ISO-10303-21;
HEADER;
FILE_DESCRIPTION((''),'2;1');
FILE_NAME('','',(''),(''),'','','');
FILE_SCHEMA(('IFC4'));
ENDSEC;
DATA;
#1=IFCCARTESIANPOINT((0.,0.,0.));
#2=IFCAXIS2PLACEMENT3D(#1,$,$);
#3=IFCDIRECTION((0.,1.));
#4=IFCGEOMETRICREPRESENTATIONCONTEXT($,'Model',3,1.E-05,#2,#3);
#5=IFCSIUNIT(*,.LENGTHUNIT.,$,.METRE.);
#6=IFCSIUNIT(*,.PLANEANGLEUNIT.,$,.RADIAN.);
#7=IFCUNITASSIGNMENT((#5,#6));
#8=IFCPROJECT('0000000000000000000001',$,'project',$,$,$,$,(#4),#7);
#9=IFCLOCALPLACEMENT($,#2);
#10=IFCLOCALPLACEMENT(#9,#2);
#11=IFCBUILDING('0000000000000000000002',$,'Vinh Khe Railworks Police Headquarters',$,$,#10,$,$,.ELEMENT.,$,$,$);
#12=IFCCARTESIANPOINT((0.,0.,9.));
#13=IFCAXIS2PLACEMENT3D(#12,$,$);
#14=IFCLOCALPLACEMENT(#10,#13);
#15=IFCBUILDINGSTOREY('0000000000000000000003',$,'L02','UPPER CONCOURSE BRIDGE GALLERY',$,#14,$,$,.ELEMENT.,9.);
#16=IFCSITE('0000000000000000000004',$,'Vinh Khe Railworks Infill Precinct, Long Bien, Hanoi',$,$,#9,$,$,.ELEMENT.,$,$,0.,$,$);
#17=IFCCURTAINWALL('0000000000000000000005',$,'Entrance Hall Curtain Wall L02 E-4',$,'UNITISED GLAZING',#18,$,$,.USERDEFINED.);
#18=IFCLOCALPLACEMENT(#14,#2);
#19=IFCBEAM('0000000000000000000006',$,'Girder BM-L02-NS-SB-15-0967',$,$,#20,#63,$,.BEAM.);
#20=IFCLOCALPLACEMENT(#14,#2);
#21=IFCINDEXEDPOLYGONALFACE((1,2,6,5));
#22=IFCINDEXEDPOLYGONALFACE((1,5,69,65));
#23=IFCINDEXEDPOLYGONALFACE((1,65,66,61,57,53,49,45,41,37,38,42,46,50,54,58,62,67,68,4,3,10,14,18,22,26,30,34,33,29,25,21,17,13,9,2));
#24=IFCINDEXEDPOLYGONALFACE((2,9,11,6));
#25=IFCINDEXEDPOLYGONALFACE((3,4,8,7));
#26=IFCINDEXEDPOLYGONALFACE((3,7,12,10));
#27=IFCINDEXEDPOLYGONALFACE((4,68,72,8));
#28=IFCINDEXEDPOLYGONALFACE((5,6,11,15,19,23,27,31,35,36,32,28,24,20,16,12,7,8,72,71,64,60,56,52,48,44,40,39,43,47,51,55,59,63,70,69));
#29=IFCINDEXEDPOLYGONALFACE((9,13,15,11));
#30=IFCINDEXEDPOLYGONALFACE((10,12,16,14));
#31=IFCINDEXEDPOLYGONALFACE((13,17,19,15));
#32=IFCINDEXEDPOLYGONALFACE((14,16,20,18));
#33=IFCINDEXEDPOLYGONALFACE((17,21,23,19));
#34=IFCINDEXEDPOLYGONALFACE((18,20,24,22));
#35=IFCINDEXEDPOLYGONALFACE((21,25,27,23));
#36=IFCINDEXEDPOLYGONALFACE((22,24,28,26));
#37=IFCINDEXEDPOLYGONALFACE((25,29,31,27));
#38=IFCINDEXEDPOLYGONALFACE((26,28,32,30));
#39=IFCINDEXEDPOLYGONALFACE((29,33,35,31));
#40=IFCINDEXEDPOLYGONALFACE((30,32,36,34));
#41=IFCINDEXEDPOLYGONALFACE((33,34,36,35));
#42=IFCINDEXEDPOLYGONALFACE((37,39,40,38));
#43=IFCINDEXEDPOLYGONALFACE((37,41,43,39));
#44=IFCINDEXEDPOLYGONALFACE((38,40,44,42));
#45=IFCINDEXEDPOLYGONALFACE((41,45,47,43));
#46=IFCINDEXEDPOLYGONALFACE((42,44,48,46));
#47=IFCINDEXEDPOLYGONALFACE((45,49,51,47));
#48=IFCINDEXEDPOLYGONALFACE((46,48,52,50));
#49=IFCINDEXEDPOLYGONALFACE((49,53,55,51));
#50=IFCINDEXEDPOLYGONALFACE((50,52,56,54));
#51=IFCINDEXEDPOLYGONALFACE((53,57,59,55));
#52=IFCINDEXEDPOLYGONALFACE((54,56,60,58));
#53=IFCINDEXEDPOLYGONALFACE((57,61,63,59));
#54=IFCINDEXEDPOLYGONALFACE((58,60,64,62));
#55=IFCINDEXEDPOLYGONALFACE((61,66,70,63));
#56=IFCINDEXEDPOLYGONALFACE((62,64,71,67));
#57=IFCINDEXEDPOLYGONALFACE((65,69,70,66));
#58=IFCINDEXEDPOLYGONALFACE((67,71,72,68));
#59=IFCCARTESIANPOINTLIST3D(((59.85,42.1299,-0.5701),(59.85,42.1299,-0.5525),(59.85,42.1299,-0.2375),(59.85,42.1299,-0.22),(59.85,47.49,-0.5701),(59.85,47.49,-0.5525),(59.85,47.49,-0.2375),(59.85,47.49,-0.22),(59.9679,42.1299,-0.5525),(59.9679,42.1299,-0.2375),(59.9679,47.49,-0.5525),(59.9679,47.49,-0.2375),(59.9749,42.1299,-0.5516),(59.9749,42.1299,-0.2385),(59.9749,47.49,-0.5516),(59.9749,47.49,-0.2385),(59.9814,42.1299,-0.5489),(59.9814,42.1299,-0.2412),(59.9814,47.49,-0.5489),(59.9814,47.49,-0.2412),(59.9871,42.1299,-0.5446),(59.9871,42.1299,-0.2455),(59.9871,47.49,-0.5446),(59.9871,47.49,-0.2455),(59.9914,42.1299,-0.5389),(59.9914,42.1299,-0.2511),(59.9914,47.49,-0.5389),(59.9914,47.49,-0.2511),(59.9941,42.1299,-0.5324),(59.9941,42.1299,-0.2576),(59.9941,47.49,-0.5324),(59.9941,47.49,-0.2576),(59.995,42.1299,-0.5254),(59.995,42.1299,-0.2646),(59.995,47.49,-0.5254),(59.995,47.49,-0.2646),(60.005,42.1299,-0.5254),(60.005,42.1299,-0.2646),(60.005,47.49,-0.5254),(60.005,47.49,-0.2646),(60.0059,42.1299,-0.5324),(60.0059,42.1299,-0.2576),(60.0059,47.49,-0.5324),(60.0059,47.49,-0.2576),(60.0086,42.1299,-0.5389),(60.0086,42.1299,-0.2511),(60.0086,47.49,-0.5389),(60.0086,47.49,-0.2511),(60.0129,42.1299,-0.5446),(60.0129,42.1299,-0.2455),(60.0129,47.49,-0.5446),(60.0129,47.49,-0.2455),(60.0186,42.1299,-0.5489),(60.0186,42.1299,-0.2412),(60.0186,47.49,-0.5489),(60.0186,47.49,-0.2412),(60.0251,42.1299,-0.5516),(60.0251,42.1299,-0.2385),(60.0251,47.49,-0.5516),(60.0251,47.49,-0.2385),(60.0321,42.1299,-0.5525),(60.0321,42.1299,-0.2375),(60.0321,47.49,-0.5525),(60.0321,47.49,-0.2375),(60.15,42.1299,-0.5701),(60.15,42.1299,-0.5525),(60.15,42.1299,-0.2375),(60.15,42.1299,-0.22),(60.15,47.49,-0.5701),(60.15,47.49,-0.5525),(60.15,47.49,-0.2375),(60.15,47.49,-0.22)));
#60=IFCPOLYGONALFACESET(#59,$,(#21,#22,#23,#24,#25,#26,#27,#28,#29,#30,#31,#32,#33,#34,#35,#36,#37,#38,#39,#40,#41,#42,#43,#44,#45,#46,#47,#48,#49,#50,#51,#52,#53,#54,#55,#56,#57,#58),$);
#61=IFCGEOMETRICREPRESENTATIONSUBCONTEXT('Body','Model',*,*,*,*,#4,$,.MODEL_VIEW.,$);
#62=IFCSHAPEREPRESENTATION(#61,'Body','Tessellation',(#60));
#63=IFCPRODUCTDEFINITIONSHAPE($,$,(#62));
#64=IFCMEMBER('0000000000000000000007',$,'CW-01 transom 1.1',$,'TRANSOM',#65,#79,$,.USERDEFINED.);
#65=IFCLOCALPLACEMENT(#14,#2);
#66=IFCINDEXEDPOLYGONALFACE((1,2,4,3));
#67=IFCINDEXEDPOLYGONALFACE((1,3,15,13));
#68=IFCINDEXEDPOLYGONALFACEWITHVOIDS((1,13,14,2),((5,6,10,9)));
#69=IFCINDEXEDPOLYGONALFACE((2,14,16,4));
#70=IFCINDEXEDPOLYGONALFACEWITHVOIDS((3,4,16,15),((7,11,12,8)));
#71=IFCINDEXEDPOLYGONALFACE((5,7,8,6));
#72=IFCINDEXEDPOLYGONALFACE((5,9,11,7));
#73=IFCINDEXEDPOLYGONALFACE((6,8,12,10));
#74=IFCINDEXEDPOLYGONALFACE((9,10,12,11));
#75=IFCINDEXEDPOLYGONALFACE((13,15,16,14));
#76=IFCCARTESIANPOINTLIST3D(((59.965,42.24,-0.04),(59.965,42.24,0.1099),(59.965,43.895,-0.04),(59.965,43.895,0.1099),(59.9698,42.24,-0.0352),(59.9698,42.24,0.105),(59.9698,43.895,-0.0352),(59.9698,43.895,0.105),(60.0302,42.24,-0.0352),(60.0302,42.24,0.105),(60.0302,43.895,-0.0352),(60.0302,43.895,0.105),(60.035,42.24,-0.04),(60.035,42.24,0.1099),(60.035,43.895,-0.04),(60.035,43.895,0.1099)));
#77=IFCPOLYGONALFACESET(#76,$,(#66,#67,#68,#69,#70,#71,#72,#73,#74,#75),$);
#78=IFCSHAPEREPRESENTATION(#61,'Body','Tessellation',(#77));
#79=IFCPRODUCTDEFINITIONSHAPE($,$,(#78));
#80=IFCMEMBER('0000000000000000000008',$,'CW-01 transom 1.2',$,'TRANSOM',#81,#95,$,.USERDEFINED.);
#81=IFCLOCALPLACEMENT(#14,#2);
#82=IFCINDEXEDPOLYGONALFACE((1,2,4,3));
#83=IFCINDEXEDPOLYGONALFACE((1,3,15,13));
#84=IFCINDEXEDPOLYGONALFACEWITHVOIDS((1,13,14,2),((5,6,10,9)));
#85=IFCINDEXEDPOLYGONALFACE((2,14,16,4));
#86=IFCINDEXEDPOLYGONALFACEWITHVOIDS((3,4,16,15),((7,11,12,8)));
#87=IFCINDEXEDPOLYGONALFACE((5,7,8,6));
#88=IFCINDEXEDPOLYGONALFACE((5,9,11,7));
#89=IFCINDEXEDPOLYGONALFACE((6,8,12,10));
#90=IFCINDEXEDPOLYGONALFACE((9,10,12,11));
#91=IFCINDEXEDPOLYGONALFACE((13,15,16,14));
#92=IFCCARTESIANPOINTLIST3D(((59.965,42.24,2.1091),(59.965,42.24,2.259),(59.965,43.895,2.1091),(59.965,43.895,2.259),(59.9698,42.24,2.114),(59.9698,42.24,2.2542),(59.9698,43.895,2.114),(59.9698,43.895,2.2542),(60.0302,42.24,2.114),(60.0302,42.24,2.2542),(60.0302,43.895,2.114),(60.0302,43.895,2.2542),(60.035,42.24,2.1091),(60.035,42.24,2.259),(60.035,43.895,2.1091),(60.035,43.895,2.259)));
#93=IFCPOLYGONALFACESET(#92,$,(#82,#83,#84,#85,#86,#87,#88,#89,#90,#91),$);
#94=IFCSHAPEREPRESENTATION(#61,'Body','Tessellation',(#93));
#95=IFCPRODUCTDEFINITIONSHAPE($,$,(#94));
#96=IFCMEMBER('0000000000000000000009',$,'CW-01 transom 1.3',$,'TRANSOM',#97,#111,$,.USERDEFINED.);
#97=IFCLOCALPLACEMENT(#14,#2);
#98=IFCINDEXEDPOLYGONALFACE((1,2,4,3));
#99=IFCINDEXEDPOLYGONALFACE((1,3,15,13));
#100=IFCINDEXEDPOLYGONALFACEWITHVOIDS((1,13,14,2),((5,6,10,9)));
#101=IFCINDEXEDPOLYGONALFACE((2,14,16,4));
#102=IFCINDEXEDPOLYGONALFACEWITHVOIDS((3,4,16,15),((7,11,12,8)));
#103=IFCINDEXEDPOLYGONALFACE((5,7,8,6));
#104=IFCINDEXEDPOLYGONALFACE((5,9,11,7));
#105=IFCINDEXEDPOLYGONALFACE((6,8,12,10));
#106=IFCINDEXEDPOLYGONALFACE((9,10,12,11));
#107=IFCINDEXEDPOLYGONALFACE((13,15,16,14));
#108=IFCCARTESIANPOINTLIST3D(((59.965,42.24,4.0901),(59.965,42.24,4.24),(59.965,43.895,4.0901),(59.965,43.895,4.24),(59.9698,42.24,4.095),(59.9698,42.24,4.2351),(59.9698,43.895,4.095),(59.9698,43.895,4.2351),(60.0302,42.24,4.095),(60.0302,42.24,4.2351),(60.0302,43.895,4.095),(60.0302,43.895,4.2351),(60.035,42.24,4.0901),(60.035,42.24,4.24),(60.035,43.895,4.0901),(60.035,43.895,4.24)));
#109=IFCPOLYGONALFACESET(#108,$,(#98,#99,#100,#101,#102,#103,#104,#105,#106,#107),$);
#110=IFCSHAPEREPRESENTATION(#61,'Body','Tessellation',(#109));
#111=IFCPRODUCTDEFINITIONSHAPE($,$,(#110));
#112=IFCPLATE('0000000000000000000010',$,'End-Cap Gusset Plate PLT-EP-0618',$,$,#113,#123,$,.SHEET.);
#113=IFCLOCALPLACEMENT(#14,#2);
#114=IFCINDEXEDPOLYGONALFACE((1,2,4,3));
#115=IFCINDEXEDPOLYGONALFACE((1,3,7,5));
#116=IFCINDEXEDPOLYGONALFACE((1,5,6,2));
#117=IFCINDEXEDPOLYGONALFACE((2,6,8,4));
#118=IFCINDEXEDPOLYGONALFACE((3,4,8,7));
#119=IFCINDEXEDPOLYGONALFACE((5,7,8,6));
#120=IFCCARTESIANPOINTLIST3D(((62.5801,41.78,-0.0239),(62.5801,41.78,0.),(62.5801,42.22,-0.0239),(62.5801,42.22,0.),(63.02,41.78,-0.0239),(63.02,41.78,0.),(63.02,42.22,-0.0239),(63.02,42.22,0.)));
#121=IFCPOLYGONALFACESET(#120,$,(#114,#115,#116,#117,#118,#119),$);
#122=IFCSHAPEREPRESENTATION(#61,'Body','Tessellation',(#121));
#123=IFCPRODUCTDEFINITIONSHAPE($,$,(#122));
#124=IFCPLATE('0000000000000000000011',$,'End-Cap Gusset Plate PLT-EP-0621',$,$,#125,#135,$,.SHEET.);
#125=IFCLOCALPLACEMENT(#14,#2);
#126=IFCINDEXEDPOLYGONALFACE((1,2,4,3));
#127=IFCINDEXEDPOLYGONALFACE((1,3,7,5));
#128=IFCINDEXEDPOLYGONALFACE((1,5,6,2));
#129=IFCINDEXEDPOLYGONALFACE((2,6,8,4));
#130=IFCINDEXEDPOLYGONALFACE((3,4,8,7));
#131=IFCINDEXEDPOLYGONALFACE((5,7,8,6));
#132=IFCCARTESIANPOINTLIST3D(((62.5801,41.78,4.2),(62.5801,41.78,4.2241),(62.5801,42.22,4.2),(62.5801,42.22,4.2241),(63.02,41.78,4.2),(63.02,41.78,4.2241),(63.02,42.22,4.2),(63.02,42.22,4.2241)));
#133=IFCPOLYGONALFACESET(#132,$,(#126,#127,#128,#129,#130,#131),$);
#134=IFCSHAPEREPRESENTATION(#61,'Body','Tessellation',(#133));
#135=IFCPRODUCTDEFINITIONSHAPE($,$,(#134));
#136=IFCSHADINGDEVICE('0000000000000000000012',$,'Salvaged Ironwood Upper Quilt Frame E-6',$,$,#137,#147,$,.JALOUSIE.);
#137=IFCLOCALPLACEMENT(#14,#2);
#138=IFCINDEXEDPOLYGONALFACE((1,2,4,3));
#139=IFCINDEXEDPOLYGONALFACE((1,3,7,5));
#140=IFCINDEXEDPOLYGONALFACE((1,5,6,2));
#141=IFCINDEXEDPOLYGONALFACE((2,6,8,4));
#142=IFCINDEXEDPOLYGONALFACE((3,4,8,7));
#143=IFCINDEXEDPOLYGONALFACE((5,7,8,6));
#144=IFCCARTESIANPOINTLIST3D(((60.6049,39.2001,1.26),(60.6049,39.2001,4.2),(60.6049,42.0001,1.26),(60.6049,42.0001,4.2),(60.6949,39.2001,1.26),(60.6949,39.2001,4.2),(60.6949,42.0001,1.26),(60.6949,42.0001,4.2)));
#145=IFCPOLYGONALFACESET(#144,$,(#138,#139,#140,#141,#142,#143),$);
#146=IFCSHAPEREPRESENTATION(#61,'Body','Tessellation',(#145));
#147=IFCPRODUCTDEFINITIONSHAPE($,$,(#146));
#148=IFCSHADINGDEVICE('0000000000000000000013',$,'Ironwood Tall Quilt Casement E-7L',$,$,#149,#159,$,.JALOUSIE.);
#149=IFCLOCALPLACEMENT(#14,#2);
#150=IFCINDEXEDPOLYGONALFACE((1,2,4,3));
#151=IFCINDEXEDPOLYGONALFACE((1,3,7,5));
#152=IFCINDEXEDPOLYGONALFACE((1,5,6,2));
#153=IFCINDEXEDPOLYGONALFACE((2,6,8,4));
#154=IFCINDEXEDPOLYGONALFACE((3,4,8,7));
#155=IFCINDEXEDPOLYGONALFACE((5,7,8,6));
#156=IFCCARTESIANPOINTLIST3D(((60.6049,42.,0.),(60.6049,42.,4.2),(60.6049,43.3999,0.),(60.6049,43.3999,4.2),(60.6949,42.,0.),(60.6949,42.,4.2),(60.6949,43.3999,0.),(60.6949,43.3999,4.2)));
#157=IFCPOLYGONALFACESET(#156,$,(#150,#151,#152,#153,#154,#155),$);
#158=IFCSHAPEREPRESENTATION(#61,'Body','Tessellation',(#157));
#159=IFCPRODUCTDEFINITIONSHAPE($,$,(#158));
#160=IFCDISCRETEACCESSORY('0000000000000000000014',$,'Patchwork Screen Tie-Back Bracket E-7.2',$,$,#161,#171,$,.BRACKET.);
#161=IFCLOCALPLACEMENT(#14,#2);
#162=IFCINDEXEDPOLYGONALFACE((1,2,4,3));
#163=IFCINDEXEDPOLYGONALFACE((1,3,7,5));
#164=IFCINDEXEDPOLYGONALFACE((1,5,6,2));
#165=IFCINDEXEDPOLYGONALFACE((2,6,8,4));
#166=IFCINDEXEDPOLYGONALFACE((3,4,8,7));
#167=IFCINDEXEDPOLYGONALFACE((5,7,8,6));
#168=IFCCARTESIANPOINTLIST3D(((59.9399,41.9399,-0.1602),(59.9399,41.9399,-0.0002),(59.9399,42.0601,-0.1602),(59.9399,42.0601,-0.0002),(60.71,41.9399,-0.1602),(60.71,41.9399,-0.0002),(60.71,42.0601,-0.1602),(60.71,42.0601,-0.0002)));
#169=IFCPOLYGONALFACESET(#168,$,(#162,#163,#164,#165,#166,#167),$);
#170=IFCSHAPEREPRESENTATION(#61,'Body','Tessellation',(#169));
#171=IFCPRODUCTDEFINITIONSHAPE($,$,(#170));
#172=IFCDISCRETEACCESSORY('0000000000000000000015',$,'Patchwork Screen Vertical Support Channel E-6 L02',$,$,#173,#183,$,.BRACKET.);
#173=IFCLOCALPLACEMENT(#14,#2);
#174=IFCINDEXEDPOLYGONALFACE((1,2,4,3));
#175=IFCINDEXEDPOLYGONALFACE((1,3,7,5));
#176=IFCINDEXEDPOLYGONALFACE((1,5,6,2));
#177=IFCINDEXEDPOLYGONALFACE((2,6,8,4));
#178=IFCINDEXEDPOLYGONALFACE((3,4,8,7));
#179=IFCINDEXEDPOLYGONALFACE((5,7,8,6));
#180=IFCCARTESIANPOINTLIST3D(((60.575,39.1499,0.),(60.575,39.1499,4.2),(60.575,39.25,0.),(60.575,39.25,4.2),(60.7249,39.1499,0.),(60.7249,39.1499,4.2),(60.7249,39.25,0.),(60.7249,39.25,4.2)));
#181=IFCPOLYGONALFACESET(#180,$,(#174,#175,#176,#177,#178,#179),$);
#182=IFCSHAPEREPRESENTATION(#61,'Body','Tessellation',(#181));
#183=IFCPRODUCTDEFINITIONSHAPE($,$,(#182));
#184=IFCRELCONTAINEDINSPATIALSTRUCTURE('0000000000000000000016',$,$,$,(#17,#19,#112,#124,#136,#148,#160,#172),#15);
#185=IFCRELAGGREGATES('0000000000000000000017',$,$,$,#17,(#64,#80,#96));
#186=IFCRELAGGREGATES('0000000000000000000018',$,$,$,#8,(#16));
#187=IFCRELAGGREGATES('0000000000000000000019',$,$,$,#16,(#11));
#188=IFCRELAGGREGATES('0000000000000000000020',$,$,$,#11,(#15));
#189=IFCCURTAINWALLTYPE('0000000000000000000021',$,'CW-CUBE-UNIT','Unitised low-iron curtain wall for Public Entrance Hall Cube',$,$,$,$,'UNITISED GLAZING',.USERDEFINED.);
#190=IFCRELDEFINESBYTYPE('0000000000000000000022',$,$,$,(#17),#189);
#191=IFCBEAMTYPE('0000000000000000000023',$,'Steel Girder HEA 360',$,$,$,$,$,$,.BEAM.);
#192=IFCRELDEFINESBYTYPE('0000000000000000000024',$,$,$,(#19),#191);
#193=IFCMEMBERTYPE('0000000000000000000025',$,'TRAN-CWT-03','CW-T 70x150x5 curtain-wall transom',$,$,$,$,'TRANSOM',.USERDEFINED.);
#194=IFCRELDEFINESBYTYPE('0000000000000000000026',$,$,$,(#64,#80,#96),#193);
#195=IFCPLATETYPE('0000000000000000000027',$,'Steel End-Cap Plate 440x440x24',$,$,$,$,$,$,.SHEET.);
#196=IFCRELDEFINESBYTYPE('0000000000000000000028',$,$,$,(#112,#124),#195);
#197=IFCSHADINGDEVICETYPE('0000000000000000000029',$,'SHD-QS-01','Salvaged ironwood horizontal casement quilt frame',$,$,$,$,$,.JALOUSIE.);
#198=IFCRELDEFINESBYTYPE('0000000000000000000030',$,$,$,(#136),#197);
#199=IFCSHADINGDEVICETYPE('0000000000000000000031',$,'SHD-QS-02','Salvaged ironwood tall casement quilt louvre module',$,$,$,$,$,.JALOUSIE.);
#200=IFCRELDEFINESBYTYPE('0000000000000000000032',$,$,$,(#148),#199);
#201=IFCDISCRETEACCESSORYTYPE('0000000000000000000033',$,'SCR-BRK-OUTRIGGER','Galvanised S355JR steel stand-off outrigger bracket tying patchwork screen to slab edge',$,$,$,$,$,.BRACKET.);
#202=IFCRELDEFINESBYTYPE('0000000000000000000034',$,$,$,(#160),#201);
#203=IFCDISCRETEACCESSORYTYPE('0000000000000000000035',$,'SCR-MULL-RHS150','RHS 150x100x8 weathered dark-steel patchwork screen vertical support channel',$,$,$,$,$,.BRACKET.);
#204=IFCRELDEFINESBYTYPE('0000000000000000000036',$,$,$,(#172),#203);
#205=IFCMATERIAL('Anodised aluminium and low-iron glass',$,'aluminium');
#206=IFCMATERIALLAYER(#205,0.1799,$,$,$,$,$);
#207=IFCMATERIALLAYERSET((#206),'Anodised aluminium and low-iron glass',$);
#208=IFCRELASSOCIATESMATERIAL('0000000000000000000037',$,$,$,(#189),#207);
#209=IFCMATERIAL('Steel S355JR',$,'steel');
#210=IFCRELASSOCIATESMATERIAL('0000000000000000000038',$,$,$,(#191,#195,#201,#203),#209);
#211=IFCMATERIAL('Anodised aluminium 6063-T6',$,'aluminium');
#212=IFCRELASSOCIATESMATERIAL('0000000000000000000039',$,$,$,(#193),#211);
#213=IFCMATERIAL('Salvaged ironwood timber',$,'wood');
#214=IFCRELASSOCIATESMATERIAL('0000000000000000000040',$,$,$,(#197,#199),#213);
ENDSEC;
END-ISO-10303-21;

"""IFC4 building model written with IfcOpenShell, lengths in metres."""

from ifc_helpers import new_model, si_unit, direction, frame, origin, origin_2d, place, context, subcontext, project, spatial, rectangle, hollow_rectangle, i_section, extrude, material, layer, layer_set, material_profile, profile_set, type_object, element, aggregate, save


model = new_model("IFC4")

# Units and contexts
model_context = context("Model", 3, precision=1e-05, world=origin(), true_north=direction((0.0, 1.0)))
body_context = subcontext(model_context, "Body", "Model", "MODEL_VIEW")
ifc_project = project(units=[si_unit("LENGTHUNIT", "METRE"), si_unit("PLANEANGLEUNIT", "RADIAN")], contexts=[model_context])

# Site, building, storey
site_placement = place(None, origin())
site = spatial("IfcSite", under=ifc_project, at=site_placement, Name="Vinh Khe Railworks Infill Precinct, Long Bien, Hanoi", CompositionType="ELEMENT", RefElevation=0.0)
building_placement = place(site_placement, origin())
building = spatial("IfcBuilding", under=site, at=building_placement, Name="Vinh Khe Railworks Police Headquarters", CompositionType="ELEMENT")
storey_placement = place(building_placement, frame((0.0, 0.0, 9.0)))
storey = spatial("IfcBuildingStorey", under=building, at=storey_placement, Name="L02", Description="UPPER CONCOURSE BRIDGE GALLERY", CompositionType="ELEMENT", Elevation=9.0)

# Shared definitions
ifc_material_1 = material(Name="Steel S355JR", Category="steel")

# Shared definitions
ifc_material_2 = material(Name="Salvaged ironwood timber", Category="wood")

# Curtain wall
ifc_material_3 = material(Name="Anodised aluminium and low-iron glass", Category="aluminium")
ifc_layer = layer(ifc_material_3, 0.1799)
ifc_layer_set = layer_set([ifc_layer], Name="Anodised aluminium and low-iron glass")
curtain_wall_type = type_object("IfcCurtainWallType", Name="CW-CUBE-UNIT", Description="Unitised low-iron curtain wall for Public Entrance Hall Cube", ElementType="UNITISED GLAZING", PredefinedType="USERDEFINED", material=ifc_layer_set)
curtain_wall_placement = place(storey_placement, origin())
curtain_wall = element("IfcCurtainWall", 1, at=curtain_wall_placement, inside=storey, type_object=curtain_wall_type, Name="Entrance Hall Curtain Wall L02 E-4", ObjectType="UNITISED GLAZING", PredefinedType="USERDEFINED")
ifc_material_4 = material(Name="Anodised aluminium 6063-T6", Category="aluminium")

# Beam
ifc_material_profile_1 = material_profile(ifc_material_1, i_section(OverallWidth=0.3, OverallDepth=0.3501, WebThickness=0.01, FlangeThickness=0.0176, FilletRadius=0.0271, at=origin_2d()), Name="HEA 360")
ifc_profile_set_1 = profile_set([ifc_material_profile_1], Name="Steel S355JR")
beam_type = type_object("IfcBeamType", Name="Steel Girder HEA 360", PredefinedType="BEAM", material=ifc_profile_set_1)
beam_placement = place(storey_placement, frame((60.0, 42.1299, -0.395), z_axis=(0.0, 1.0, 0.0), x_axis=(-1.0, 0.0, 0.0)))
element("IfcBeam", 2, at=beam_placement, inside=storey, type_object=beam_type, Name="Girder BM-L02-NS-SB-15-0967", PredefinedType="BEAM", context=body_context, shape_type="SweptSolid", body=[
    extrude(i_section(OverallWidth=0.3, OverallDepth=0.3501, WebThickness=0.01, FlangeThickness=0.0176, FilletRadius=0.0271, at=origin_2d()), origin(), (0.0, 0.0, 1.0), 5.3601),
])

# Members
ifc_material_profile_2 = material_profile(ifc_material_4, hollow_rectangle(XDim=0.0701, YDim=0.1499, WallThickness=0.0049, at=origin_2d()), Name="CW-T 70x150x5")
ifc_profile_set_2 = profile_set([ifc_material_profile_2], Name="Anodised aluminium 6063-T6")
member_type_1 = type_object("IfcMemberType", Name="TRAN-CWT-03", Description="CW-T 70x150x5 curtain-wall transom", ElementType="TRANSOM", PredefinedType="USERDEFINED", material=ifc_profile_set_2)
member_1_placement = place(storey_placement, frame((60.0, 42.24, 0.0349), z_axis=(0.0, 1.0, 0.0), x_axis=(-1.0, 0.0, 0.0)))
member_1 = element("IfcMember", 3, at=member_1_placement, type_object=member_type_1, Name="CW-01 transom 1.1", ObjectType="TRANSOM", PredefinedType="USERDEFINED", context=body_context, shape_type="SweptSolid", body=[
    extrude(hollow_rectangle(XDim=0.0701, YDim=0.1499, WallThickness=0.0049, at=origin_2d()), origin(), (0.0, 0.0, 1.0), 1.655),
])
member_2_placement = place(storey_placement, frame((60.0, 42.24, 2.1841), z_axis=(0.0, 1.0, 0.0), x_axis=(-1.0, 0.0, 0.0)))
member_2 = element("IfcMember", 4, at=member_2_placement, type_object=member_type_1, Name="CW-01 transom 1.2", ObjectType="TRANSOM", PredefinedType="USERDEFINED", context=body_context, shape_type="SweptSolid", body=[
    extrude(hollow_rectangle(XDim=0.0701, YDim=0.1499, WallThickness=0.0049, at=origin_2d()), origin(), (0.0, 0.0, 1.0), 1.655),
])
member_3_placement = place(storey_placement, frame((60.0, 42.24, 4.165), z_axis=(0.0, 1.0, 0.0), x_axis=(-1.0, 0.0, 0.0)))
member_3 = element("IfcMember", 5, at=member_3_placement, type_object=member_type_1, Name="CW-01 transom 1.3", ObjectType="TRANSOM", PredefinedType="USERDEFINED", context=body_context, shape_type="SweptSolid", body=[
    extrude(hollow_rectangle(XDim=0.0701, YDim=0.1499, WallThickness=0.0049, at=origin_2d()), origin(), (0.0, 0.0, 1.0), 1.655),
])
aggregate(curtain_wall, [member_1, member_2, member_3])

# Plates
ifc_material_profile_3 = material_profile(ifc_material_1, rectangle(XDim=0.4399, YDim=0.4399, at=origin_2d()), Name="PL 440x440")
ifc_profile_set_3 = profile_set([ifc_material_profile_3], Name="Steel S355JR")
plate_type = type_object("IfcPlateType", Name="Steel End-Cap Plate 440x440x24", PredefinedType="SHEET", material=ifc_profile_set_3)
plate_1_placement = place(storey_placement, frame((62.8, 42.0, 0.0), z_axis=(0.0, 0.0, -1.0), x_axis=(1.0, 0.0, 0.0)))
element("IfcPlate", 6, at=plate_1_placement, inside=storey, type_object=plate_type, Name="End-Cap Gusset Plate PLT-EP-0618", PredefinedType="SHEET", context=body_context, shape_type="SweptSolid", body=[
    extrude(rectangle(XDim=0.4399, YDim=0.4399, at=origin_2d()), origin(), (0.0, 0.0, 1.0), 0.0239),
])
plate_2_placement = place(storey_placement, frame((62.8, 42.0, 4.2), z_axis=(0.0, 0.0, 1.0), x_axis=(1.0, 0.0, 0.0)))
element("IfcPlate", 7, at=plate_2_placement, inside=storey, type_object=plate_type, Name="End-Cap Gusset Plate PLT-EP-0621", PredefinedType="SHEET", context=body_context, shape_type="SweptSolid", body=[
    extrude(rectangle(XDim=0.4399, YDim=0.4399, at=origin_2d()), origin(), (0.0, 0.0, 1.0), 0.0242),
])

# Shading devices
shading_device_type_1 = type_object("IfcShadingDeviceType", Name="SHD-QS-01", Description="Salvaged ironwood horizontal casement quilt frame", PredefinedType="JALOUSIE", material=ifc_material_2)
shading_device_1_placement = place(storey_placement, frame((60.6499, 40.6001, 1.26), z_axis=(0.0, 0.0, 1.0), x_axis=(0.0, 1.0, 0.0)))
element("IfcShadingDevice", 8, at=shading_device_1_placement, inside=storey, type_object=shading_device_type_1, Name="Salvaged Ironwood Upper Quilt Frame E-6", PredefinedType="JALOUSIE", context=body_context, shape_type="SweptSolid", body=[
    extrude(rectangle(XDim=2.8, YDim=0.0901, at=origin_2d()), origin(), (0.0, 0.0, 1.0), 2.9399),
])
shading_device_type_2 = type_object("IfcShadingDeviceType", Name="SHD-QS-02", Description="Salvaged ironwood tall casement quilt louvre module", PredefinedType="JALOUSIE", material=ifc_material_2)
shading_device_2_placement = place(storey_placement, frame((60.6499, 42.7, 0.0), z_axis=(0.0, 0.0, 1.0), x_axis=(0.0, 1.0, 0.0)))
element("IfcShadingDevice", 9, at=shading_device_2_placement, inside=storey, type_object=shading_device_type_2, Name="Ironwood Tall Quilt Casement E-7L", PredefinedType="JALOUSIE", context=body_context, shape_type="SweptSolid", body=[
    extrude(rectangle(XDim=1.3999, YDim=0.0901, at=origin_2d()), origin(), (0.0, 0.0, 1.0), 4.2),
])

# Discrete accessories
discrete_accessory_type_1 = type_object("IfcDiscreteAccessoryType", Name="SCR-BRK-OUTRIGGER", Description="Galvanised S355JR steel stand-off outrigger bracket tying patchwork screen to slab edge", PredefinedType="BRACKET", material=ifc_material_1)
discrete_accessory_placement = place(storey_placement, frame((60.325, 42.0, -0.1602), z_axis=(0.0, 0.0, 1.0), x_axis=(1.0, 0.0, 0.0)))
element("IfcDiscreteAccessory", 10, at=discrete_accessory_placement, inside=storey, type_object=discrete_accessory_type_1, Name="Patchwork Screen Tie-Back Bracket E-7.2", PredefinedType="BRACKET", context=body_context, shape_type="SweptSolid", body=[
    extrude(rectangle(XDim=0.77, YDim=0.1201, at=origin_2d()), origin(), (0.0, 0.0, 1.0), 0.1599),
])
discrete_accessory_type_2 = type_object("IfcDiscreteAccessoryType", Name="SCR-MULL-RHS150", Description="RHS 150x100x8 weathered dark-steel patchwork screen vertical support channel", PredefinedType="BRACKET", material=ifc_material_1)
for number, where, z_axis, x_axis, name in (
    (11, (60.6499, 39.2, 0.0), (0.0, 0.0, 1.0), (1.0, 0.0, 0.0), "Patchwork Screen Vertical Support Channel E-6 L02"),
):
    element("IfcDiscreteAccessory", number, at=place(storey_placement, frame(where, z_axis=z_axis, x_axis=x_axis)), inside=storey, type_object=discrete_accessory_type_2, Name=name, PredefinedType="BRACKET", context=body_context, shape_type="SweptSolid", body=[
        extrude(rectangle(XDim=0.1499, YDim=0.1001, at=origin_2d()), origin(), (0.0, 0.0, 1.0), 4.2),
    ])

save(model, "model.ifc")
